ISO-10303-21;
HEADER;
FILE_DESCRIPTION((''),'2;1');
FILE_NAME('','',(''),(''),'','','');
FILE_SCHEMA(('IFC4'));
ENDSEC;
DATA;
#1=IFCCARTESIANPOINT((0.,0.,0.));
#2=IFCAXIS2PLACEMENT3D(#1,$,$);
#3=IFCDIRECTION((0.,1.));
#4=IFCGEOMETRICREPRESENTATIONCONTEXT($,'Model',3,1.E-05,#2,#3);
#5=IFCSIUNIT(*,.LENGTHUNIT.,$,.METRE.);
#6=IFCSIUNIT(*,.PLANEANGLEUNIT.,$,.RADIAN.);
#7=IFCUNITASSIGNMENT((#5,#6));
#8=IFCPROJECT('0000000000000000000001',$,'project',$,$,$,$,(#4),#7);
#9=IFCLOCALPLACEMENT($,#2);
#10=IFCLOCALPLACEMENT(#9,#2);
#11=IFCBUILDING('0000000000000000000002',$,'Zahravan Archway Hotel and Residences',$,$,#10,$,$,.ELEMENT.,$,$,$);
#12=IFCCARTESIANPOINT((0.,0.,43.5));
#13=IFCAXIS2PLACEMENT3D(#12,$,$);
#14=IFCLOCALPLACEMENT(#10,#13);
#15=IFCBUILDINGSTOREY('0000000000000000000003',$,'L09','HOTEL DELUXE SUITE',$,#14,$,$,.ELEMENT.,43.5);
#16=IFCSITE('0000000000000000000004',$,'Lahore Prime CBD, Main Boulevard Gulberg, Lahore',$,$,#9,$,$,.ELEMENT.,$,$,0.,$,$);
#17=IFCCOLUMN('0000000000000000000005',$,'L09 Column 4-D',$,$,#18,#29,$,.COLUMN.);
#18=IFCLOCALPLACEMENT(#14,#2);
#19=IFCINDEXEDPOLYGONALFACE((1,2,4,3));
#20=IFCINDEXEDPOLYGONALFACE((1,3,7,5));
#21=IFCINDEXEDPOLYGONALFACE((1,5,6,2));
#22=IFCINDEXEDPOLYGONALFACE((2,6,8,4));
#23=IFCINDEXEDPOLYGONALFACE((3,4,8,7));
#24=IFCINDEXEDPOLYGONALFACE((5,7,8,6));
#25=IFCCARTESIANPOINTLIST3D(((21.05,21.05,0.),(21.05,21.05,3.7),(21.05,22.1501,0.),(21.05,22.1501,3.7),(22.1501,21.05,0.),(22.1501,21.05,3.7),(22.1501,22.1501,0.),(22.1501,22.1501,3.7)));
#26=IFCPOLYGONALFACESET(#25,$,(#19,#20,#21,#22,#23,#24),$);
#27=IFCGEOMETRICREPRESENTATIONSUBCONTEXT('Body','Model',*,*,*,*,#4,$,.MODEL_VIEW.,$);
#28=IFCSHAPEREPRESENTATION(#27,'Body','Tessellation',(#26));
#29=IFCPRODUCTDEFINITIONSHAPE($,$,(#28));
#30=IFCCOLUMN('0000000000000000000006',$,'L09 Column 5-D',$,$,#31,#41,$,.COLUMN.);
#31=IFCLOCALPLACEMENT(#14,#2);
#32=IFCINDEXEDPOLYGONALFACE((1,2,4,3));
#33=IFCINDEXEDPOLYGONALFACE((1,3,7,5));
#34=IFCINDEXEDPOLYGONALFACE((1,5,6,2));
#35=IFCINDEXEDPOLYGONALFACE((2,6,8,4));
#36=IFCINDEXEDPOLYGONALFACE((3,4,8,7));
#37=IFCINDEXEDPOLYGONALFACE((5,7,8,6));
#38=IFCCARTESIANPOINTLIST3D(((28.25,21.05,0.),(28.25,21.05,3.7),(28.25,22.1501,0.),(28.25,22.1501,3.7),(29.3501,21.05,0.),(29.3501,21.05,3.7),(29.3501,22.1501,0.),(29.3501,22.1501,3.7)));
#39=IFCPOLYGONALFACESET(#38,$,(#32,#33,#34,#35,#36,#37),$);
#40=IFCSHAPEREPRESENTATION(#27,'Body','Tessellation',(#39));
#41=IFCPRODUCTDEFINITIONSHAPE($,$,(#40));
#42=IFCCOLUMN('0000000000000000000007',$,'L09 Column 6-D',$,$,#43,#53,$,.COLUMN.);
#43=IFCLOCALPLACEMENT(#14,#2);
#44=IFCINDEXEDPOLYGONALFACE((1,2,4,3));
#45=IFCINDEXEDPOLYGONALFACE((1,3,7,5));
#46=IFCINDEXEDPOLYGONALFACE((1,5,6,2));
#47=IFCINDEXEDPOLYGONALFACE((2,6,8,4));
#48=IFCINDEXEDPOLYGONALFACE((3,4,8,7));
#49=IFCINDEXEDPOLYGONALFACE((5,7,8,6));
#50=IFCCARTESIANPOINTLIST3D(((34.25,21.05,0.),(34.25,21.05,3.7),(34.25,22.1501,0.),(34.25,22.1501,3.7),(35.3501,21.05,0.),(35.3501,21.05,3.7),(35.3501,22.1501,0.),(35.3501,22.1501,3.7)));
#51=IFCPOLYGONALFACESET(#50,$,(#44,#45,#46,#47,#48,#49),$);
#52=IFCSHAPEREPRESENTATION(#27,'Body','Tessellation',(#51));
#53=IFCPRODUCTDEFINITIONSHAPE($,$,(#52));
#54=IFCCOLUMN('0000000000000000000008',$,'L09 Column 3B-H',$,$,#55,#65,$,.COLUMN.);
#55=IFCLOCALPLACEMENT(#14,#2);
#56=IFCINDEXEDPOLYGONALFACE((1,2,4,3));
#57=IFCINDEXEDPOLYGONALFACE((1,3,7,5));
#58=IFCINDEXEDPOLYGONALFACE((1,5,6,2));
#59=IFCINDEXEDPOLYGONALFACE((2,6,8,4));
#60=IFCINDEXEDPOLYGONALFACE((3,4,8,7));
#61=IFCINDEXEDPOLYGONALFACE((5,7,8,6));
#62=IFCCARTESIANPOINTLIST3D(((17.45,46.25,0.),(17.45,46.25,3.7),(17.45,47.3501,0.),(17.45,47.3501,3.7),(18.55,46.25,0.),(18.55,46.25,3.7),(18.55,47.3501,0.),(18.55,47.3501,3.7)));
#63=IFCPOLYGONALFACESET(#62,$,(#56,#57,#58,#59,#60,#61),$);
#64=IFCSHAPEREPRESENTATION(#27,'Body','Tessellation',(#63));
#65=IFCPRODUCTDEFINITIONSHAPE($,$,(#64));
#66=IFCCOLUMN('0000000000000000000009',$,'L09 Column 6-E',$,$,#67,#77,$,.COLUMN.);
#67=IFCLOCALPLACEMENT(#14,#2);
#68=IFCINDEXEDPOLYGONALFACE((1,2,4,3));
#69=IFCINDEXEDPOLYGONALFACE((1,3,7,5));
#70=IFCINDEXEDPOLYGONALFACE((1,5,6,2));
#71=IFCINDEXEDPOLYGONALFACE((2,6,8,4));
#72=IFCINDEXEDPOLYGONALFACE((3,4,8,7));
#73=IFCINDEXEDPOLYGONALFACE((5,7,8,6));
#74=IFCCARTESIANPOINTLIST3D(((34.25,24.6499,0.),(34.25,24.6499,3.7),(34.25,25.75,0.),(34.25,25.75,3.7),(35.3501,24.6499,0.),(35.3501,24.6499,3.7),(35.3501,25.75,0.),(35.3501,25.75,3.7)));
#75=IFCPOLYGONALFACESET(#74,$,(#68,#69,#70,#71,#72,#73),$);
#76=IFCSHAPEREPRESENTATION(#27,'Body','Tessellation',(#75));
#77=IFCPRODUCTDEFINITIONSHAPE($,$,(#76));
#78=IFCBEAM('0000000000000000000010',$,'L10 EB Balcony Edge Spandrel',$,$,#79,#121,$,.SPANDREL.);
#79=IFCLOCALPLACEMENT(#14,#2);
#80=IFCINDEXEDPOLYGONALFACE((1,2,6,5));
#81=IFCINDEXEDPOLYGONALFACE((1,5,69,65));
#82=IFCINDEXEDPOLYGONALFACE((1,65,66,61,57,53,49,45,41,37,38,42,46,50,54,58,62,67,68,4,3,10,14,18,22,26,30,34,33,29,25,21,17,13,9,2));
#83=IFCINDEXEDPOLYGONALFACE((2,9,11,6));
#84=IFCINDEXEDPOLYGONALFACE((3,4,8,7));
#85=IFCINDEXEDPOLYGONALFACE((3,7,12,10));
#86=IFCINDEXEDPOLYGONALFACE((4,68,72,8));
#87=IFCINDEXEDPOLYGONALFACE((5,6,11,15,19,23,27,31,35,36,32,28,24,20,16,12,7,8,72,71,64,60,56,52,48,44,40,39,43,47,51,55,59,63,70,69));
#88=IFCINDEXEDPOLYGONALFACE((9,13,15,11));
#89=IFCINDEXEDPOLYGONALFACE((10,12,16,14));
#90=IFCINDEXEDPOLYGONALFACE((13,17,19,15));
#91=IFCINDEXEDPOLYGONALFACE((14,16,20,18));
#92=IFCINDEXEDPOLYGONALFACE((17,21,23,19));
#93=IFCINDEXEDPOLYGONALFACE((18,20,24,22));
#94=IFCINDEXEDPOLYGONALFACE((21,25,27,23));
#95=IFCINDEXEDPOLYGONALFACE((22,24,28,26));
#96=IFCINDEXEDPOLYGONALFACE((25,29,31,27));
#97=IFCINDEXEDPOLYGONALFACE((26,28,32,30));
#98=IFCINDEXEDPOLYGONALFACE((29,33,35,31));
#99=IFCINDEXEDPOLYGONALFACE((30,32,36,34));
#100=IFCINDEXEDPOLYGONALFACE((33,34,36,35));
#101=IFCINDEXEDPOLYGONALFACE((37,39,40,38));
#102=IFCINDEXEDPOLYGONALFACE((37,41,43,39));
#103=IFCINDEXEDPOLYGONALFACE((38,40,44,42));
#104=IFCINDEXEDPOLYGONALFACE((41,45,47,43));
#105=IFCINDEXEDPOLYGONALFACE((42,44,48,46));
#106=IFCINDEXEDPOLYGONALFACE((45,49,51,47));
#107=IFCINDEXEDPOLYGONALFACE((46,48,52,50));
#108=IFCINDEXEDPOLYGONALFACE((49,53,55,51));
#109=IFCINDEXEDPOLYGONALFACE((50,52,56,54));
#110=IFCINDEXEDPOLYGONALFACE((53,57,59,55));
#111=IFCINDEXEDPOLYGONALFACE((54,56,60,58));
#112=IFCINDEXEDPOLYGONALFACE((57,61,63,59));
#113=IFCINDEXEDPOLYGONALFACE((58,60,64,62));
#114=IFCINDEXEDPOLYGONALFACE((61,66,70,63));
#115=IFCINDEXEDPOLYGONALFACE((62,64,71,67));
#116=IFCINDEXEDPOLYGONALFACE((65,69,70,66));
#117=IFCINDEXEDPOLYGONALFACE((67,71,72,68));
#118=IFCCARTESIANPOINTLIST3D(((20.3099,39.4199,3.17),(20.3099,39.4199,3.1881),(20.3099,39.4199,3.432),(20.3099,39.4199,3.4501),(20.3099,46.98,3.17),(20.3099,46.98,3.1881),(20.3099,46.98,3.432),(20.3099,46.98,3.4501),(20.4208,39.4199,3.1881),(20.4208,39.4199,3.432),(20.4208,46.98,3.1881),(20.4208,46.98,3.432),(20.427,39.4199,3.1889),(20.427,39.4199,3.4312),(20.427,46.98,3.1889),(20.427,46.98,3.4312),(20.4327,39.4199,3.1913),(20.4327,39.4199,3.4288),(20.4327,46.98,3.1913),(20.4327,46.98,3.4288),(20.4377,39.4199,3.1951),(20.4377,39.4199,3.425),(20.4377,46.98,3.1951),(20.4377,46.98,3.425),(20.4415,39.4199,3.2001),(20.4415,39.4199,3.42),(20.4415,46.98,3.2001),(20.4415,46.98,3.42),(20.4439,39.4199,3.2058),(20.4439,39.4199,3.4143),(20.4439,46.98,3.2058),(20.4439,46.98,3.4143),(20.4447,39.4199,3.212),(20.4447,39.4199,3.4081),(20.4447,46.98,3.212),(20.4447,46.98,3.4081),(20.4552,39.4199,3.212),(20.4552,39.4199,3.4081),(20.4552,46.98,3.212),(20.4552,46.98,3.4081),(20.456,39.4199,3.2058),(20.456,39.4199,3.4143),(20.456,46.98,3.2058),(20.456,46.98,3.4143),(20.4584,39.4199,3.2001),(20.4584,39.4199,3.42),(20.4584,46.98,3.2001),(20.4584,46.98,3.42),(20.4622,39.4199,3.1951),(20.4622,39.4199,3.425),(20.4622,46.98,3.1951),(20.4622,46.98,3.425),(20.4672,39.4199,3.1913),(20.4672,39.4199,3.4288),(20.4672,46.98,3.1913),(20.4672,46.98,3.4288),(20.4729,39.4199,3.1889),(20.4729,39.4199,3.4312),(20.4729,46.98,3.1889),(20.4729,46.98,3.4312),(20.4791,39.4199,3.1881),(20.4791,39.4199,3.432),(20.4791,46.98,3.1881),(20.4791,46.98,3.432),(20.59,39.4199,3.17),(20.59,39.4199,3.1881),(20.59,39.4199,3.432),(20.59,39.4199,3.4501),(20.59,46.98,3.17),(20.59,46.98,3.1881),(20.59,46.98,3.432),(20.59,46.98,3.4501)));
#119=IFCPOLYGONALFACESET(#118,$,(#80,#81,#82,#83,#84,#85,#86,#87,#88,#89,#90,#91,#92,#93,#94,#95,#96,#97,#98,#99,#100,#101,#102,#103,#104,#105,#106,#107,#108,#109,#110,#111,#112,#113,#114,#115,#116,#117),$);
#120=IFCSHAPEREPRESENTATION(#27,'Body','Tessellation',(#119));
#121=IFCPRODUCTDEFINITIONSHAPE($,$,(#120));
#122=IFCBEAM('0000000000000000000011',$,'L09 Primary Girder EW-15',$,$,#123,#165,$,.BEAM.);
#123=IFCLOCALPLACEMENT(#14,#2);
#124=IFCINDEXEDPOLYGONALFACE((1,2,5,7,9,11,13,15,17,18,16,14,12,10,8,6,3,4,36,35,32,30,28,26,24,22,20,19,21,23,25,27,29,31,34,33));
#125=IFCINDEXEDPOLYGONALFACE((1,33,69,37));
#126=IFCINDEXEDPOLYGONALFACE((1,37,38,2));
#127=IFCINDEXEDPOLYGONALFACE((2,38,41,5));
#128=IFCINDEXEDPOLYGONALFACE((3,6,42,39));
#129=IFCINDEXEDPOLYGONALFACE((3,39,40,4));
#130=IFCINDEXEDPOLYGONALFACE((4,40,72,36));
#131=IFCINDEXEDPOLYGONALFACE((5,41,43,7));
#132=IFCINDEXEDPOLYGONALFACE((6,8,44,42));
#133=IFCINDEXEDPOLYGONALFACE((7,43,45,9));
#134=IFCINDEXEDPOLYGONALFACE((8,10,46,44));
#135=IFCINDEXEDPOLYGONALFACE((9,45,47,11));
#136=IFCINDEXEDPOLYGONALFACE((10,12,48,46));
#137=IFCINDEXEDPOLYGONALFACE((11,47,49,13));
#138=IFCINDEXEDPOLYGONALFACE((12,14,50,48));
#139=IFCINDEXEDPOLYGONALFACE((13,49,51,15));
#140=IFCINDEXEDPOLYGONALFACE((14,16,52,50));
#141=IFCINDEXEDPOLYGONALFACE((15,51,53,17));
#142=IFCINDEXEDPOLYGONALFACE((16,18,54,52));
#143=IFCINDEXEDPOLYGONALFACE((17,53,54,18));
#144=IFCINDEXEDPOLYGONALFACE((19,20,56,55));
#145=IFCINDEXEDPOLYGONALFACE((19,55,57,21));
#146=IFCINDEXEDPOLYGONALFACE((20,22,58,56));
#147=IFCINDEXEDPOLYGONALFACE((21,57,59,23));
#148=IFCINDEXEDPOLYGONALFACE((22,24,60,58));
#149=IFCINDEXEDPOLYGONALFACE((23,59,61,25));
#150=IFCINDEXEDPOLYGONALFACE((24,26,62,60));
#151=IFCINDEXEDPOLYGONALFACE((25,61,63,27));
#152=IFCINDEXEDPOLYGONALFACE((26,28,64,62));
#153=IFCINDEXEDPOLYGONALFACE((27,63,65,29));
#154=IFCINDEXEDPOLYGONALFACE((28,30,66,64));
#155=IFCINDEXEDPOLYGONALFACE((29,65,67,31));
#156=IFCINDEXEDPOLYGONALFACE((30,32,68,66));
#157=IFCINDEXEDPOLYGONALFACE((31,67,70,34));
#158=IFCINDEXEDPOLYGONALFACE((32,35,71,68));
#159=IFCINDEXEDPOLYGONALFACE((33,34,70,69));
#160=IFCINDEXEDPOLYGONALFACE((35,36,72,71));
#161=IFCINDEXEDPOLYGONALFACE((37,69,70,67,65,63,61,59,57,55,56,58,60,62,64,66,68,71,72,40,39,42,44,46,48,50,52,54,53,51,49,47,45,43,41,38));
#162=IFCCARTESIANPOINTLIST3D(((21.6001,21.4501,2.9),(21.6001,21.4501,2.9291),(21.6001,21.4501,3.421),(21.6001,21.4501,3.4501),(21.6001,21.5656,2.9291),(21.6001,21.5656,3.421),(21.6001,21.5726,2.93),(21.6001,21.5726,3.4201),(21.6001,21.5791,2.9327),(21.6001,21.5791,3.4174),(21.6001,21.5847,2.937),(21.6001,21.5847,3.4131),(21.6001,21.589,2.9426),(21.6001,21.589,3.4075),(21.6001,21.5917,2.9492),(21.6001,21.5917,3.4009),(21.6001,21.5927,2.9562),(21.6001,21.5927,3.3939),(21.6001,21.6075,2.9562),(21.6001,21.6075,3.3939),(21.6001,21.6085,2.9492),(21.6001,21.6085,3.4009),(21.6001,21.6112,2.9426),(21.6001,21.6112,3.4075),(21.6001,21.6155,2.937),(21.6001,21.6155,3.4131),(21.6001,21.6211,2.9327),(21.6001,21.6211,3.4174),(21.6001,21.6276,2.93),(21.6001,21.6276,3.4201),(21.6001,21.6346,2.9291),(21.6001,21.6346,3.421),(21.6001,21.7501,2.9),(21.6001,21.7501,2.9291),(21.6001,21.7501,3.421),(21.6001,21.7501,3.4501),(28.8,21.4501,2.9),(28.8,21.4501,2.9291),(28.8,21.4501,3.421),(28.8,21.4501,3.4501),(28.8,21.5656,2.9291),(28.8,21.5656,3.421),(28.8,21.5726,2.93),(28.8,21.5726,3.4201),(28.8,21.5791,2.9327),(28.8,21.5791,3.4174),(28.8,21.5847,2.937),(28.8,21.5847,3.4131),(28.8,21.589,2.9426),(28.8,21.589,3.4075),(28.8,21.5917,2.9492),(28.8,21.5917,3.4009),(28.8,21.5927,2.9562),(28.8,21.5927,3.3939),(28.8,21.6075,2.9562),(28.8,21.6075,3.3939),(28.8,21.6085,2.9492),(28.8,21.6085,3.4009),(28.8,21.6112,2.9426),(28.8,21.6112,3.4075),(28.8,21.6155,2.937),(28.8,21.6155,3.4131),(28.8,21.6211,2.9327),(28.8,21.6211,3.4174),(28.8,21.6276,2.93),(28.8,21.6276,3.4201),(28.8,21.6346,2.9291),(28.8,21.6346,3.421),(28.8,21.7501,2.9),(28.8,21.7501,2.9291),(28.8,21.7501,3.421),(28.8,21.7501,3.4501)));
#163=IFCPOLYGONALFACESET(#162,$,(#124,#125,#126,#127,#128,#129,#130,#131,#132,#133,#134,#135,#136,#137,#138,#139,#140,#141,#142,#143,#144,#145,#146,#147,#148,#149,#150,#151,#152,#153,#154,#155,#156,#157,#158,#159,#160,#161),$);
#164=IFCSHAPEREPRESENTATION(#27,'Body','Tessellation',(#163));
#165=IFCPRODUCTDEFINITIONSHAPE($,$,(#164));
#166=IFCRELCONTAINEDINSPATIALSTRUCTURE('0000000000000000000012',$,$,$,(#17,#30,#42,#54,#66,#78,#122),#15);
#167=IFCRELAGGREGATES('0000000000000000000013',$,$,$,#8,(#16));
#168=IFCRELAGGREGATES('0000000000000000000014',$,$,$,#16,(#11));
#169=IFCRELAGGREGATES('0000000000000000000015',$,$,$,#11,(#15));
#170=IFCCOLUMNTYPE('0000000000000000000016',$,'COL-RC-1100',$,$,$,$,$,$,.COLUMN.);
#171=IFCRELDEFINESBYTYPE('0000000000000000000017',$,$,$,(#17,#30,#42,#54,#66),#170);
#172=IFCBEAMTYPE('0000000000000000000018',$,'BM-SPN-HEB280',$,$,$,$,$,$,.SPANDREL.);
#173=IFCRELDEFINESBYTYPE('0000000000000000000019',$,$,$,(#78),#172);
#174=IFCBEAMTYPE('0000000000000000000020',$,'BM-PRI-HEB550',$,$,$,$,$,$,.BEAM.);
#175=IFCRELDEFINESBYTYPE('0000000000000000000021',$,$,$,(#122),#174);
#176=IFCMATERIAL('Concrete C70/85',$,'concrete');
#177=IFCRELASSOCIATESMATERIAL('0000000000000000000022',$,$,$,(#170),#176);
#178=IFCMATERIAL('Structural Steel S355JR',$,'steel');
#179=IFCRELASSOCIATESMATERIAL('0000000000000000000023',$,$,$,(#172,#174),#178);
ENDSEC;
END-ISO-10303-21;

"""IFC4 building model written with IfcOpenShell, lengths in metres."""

from ifc_helpers import new_model, si_unit, direction, frame, origin, origin_2d, place, context, subcontext, project, spatial, rectangle, i_section, extrude, source, transform, mapped, material, material_profile, profile_set, type_object, type_shapes, element, save


model = new_model("IFC4")

# Units and contexts
model_context = context("Model", 3, precision=1e-05, world=origin(), true_north=direction((0.0, 1.0)))
body_context = subcontext(model_context, "Body", "Model", "MODEL_VIEW")
ifc_project = project(units=[si_unit("LENGTHUNIT", "METRE"), si_unit("PLANEANGLEUNIT", "RADIAN")], contexts=[model_context])

# Site, building, storey
site_placement = place(None, origin())
site = spatial("IfcSite", under=ifc_project, at=site_placement, Name="Lahore Prime CBD, Main Boulevard Gulberg, Lahore", CompositionType="ELEMENT", RefElevation=0.0)
building_placement = place(site_placement, origin())
building = spatial("IfcBuilding", under=site, at=building_placement, Name="Zahravan Archway Hotel and Residences", CompositionType="ELEMENT")
storey_placement = place(building_placement, frame((0.0, 0.0, 43.5)))
storey = spatial("IfcBuildingStorey", under=building, at=storey_placement, Name="L09", Description="HOTEL DELUXE SUITE", CompositionType="ELEMENT", Elevation=43.5)

# Columns
ifc_material_1 = material(Name="Concrete C70/85", Category="concrete")
ifc_material_profile_1 = material_profile(ifc_material_1, rectangle(XDim=1.1001, YDim=1.1001, at=origin_2d()), Name="RC 1100x1100", Category="concrete")
ifc_profile_set_1 = profile_set([ifc_material_profile_1], Name="Concrete C70/85")
column_type = type_object("IfcColumnType", Name="COL-RC-1100", PredefinedType="COLUMN", material=ifc_profile_set_1)
shared_shape_1 = source(origin(), body_context, "Body", "SweptSolid", [
    extrude(rectangle(XDim=1.1001, YDim=1.1001, at=origin_2d()), origin(), (0.0, 0.0, 1.0), 3.7),
])
for number, where, z_axis, x_axis, name in (
    (1, (21.6001, 21.6001, 0.0), (0.0, 0.0, 1.0), (1.0, 0.0, 0.0), "L09 Column 4-D"),
    (2, (28.8, 21.6001, 0.0), (0.0, 0.0, 1.0), (1.0, 0.0, 0.0), "L09 Column 5-D"),
    (3, (34.8, 21.6001, 0.0), (0.0, 0.0, 1.0), (1.0, 0.0, 0.0), "L09 Column 6-D"),
    (4, (18.0, 46.8, 0.0), (0.0, 0.0, 1.0), (1.0, 0.0, 0.0), "L09 Column 3B-H"),
    (5, (34.8, 25.2, 0.0), (0.0, 0.0, 1.0), (1.0, 0.0, 0.0), "L09 Column 6-E"),
):
    element("IfcColumn", number, at=place(storey_placement, frame(where, z_axis=z_axis, x_axis=x_axis)), inside=storey, type_object=column_type, Name=name, PredefinedType="COLUMN", context=body_context, shape_type="MappedRepresentation", body=[
        mapped(shared_shape_1, transform((0.0, 0.0, 0.0), scale=1.0)),
    ])

# Beams
ifc_material_2 = material(Name="Structural Steel S355JR", Category="steel")
ifc_material_profile_2 = material_profile(ifc_material_2, i_section(OverallWidth=0.28, OverallDepth=0.28, WebThickness=0.0105, FlangeThickness=0.0181, FilletRadius=0.0239, at=origin_2d()), Name="HEB 280", Category="steel")
ifc_profile_set_2 = profile_set([ifc_material_profile_2], Name="Structural Steel S355JR")
beam_type_1 = type_object("IfcBeamType", Name="BM-SPN-HEB280", PredefinedType="SPANDREL", material=ifc_profile_set_2)
shared_shape_2 = source(origin(), body_context, "Body", "SweptSolid", [
    extrude(i_section(OverallWidth=0.28, OverallDepth=0.28, WebThickness=0.0105, FlangeThickness=0.0181, FilletRadius=0.0239, at=origin_2d()), origin(), (0.0, 0.0, 1.0), 7.5601),
])
type_shapes(beam_type_1, [shared_shape_2])
beam_1_placement = place(storey_placement, frame((20.45, 39.4199, 3.3101), z_axis=(0.0, 1.0, 0.0), x_axis=(-1.0, 0.0, 0.0)))
element("IfcBeam", 6, at=beam_1_placement, inside=storey, type_object=beam_type_1, Name="L10 EB Balcony Edge Spandrel", PredefinedType="SPANDREL", context=body_context, shape_type="MappedRepresentation", body=[
    mapped(shared_shape_2, transform((0.0, 0.0, 0.0), scale=1.0)),
])
ifc_material_profile_3 = material_profile(ifc_material_2, i_section(OverallWidth=0.3, OverallDepth=0.55, WebThickness=0.0149, FlangeThickness=0.0291, FilletRadius=0.0271, at=origin_2d()), Name="HEB 550", Category="steel")
ifc_profile_set_3 = profile_set([ifc_material_profile_3], Name="Structural Steel S355JR")
beam_type_2 = type_object("IfcBeamType", Name="BM-PRI-HEB550", PredefinedType="BEAM", material=ifc_profile_set_3)
shared_shape_3 = source(origin(), body_context, "Body", "SweptSolid", [
    extrude(i_section(OverallWidth=0.3, OverallDepth=0.55, WebThickness=0.0149, FlangeThickness=0.0291, FilletRadius=0.0271, at=origin_2d()), origin(), (0.0, 0.0, 1.0), 7.2),
])
for number, where, z_axis, x_axis, name in (
    (7, (21.6001, 21.6001, 3.175), (1.0, 0.0, 0.0), (0.0, 1.0, 0.0), "L09 Primary Girder EW-15"),
):
    element("IfcBeam", number, at=place(storey_placement, frame(where, z_axis=z_axis, x_axis=x_axis)), inside=storey, type_object=beam_type_2, Name=name, PredefinedType="BEAM", context=body_context, shape_type="MappedRepresentation", body=[
        mapped(shared_shape_3, transform((0.0, 0.0, 0.0), scale=1.0)),
    ])

save(model, "model.ifc")
